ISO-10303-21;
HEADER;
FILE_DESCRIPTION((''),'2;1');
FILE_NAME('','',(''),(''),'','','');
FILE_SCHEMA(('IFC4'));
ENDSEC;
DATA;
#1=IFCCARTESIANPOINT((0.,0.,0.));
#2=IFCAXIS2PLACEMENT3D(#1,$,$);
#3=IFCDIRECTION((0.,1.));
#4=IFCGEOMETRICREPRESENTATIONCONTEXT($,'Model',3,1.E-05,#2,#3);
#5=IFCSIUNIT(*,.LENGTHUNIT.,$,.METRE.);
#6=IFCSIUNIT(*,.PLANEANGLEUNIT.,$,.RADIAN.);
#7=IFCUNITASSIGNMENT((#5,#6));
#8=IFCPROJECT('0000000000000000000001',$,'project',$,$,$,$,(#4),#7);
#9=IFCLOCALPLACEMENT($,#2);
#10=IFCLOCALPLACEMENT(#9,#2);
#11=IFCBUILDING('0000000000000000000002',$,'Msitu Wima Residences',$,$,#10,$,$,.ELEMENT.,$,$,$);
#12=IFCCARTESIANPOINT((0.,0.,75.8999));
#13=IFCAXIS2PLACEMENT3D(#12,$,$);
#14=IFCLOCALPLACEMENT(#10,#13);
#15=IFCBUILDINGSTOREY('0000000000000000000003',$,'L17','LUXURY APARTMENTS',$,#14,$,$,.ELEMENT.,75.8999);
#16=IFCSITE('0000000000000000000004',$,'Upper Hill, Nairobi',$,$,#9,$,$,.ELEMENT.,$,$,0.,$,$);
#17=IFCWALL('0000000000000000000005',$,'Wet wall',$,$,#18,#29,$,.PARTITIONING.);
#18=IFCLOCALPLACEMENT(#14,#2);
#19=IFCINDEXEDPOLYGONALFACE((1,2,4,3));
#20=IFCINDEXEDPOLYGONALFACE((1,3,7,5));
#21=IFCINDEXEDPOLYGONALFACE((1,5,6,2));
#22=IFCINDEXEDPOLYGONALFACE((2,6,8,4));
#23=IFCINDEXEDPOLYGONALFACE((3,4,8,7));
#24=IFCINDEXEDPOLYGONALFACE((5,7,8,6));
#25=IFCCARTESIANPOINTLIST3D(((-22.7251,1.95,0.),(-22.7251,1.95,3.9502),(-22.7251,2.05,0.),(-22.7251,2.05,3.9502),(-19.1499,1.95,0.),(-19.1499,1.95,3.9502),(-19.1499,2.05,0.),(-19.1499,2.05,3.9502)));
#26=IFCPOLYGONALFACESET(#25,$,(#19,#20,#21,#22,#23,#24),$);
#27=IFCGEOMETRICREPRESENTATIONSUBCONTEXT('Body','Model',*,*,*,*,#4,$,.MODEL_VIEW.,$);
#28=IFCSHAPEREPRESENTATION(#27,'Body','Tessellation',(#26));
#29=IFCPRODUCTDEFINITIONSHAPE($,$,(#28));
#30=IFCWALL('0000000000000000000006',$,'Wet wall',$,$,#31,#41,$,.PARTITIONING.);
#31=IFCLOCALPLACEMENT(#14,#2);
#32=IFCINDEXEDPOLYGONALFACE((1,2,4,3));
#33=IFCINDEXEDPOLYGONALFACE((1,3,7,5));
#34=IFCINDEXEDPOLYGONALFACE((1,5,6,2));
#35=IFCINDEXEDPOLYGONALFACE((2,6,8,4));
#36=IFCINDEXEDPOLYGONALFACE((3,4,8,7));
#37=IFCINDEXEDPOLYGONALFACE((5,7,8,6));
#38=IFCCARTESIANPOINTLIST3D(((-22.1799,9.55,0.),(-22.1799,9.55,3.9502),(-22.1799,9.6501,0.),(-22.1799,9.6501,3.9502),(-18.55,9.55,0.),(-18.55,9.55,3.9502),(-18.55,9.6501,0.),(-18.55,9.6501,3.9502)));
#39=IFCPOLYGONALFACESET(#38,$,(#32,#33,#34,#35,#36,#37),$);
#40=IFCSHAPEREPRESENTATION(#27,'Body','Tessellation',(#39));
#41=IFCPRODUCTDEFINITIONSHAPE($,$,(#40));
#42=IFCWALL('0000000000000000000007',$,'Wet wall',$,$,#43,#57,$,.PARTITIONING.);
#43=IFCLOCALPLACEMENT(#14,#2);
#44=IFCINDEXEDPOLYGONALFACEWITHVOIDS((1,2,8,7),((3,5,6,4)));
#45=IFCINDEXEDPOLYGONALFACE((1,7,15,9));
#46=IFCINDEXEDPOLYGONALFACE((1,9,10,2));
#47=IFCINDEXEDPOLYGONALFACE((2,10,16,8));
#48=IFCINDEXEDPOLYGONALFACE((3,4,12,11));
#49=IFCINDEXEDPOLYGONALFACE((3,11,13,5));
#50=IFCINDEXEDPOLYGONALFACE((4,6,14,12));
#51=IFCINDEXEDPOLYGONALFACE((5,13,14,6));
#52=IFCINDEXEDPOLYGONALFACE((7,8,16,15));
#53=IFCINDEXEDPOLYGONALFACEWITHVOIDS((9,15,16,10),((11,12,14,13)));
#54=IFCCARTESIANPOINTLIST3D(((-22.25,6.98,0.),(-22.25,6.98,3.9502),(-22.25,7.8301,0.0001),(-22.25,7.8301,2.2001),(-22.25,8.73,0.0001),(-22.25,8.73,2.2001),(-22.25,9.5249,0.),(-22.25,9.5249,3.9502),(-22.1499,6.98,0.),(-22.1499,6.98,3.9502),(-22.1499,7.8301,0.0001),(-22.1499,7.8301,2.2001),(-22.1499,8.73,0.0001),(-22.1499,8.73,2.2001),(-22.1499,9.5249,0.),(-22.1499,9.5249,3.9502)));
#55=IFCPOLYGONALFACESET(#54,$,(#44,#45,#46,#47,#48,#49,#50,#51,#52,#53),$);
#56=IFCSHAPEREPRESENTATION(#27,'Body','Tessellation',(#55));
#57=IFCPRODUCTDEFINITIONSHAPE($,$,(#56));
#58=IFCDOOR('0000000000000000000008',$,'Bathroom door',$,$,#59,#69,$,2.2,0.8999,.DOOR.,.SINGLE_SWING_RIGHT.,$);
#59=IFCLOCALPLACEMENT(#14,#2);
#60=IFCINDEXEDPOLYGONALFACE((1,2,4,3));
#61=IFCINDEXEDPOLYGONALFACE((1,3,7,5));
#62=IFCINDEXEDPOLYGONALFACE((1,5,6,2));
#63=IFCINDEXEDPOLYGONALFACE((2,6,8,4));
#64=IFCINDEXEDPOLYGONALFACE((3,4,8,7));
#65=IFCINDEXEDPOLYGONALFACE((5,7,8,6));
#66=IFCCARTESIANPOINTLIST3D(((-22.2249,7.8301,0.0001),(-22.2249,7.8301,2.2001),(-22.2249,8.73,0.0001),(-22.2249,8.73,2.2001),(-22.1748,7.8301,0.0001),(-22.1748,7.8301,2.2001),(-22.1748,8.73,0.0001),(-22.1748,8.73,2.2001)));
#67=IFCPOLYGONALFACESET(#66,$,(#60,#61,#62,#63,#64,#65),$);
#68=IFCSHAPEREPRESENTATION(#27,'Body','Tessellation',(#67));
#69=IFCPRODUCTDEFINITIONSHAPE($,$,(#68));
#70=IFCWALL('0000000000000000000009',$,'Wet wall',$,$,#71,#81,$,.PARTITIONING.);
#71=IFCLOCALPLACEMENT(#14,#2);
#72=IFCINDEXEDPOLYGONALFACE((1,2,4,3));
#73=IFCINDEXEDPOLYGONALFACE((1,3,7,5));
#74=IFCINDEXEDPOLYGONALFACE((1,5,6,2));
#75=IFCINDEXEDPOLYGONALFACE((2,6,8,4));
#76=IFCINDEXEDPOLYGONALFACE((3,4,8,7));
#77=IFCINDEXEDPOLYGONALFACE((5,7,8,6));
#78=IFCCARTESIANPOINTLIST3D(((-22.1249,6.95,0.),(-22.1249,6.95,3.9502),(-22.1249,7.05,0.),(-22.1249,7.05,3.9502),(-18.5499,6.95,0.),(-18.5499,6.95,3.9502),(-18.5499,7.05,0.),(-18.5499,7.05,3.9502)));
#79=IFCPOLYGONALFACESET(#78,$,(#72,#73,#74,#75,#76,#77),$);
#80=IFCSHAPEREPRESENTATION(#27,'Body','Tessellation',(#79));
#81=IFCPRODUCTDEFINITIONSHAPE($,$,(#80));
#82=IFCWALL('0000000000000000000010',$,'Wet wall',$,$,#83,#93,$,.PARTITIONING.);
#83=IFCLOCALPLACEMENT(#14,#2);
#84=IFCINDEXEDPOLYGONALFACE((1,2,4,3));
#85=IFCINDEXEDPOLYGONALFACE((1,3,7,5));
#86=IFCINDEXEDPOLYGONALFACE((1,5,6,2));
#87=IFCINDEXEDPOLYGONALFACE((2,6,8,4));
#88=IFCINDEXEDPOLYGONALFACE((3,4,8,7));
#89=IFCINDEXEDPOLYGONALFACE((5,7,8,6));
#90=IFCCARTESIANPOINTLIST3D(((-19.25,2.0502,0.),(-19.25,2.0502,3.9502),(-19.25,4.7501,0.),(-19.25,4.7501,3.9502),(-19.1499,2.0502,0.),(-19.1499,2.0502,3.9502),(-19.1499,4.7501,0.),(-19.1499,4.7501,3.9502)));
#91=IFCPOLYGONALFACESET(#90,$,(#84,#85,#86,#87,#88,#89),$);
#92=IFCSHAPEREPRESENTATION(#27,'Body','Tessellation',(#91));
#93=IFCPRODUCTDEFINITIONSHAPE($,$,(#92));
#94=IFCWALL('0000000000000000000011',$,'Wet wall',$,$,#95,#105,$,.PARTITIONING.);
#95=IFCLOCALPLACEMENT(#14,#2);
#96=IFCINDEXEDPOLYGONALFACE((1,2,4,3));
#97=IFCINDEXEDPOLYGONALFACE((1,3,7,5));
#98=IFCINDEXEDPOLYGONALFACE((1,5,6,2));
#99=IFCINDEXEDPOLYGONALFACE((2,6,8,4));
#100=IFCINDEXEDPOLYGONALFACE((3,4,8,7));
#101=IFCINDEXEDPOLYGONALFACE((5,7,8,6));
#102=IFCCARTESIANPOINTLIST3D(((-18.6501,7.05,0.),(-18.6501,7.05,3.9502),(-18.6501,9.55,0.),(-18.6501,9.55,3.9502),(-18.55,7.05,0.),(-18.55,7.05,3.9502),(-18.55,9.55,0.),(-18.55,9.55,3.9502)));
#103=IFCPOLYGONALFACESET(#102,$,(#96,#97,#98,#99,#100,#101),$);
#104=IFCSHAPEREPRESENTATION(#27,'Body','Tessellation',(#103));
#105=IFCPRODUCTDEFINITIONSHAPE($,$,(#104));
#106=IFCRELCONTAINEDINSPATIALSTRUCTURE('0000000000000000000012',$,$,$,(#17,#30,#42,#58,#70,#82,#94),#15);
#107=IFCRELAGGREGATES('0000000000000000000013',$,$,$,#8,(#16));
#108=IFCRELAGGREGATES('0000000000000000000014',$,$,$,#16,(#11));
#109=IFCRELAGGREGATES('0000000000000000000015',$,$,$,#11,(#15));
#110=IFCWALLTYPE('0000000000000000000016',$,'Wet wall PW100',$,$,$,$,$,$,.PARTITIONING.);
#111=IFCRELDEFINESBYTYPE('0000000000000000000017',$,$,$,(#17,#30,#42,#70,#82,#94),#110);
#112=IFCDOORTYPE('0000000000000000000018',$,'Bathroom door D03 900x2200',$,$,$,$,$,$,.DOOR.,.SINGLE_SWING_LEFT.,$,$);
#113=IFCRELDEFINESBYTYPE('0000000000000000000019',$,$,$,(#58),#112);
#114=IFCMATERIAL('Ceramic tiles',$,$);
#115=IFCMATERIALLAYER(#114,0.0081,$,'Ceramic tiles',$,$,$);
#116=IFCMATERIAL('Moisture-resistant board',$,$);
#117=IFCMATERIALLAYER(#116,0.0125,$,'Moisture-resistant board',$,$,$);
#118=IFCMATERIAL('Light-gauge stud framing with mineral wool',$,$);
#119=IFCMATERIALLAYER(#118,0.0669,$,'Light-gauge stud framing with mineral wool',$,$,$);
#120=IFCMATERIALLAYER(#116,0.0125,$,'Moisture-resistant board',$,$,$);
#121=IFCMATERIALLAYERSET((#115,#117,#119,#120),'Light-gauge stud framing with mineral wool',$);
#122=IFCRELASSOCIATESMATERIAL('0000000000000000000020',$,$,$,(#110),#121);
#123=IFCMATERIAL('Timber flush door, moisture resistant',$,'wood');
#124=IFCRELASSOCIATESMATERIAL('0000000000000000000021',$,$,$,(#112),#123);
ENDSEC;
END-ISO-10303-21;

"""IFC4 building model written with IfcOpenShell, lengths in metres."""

from ifc_helpers import new_model, si_unit, direction, frame, frame_2d, origin, place, context, subcontext, project, spatial, rectangle, extrude, material, layer, layer_set, type_object, element, fill, save


model = new_model("IFC4")

# Units and contexts
model_context = context("Model", 3, precision=1e-05, world=origin(), true_north=direction((0.0, 1.0)))
body_context = subcontext(model_context, "Body", "Model", "MODEL_VIEW")
ifc_project = project(units=[si_unit("LENGTHUNIT", "METRE"), si_unit("PLANEANGLEUNIT", "RADIAN")], contexts=[model_context])

# Site, building, storey
site_placement = place(None, origin())
site = spatial("IfcSite", under=ifc_project, at=site_placement, Name="Upper Hill, Nairobi", CompositionType="ELEMENT", RefElevation=0.0)
building_placement = place(site_placement, origin())
building = spatial("IfcBuilding", under=site, at=building_placement, Name="Msitu Wima Residences", CompositionType="ELEMENT")
storey_placement = place(building_placement, frame((0.0, 0.0, 75.8999)))
storey = spatial("IfcBuildingStorey", under=building, at=storey_placement, Name="L17", Description="LUXURY APARTMENTS", CompositionType="ELEMENT", Elevation=75.8999)

# Shared definitions
ifc_material_1 = material(Name="Ceramic tiles")
ifc_layer_1 = layer(ifc_material_1, 0.0081, Name="Ceramic tiles")
ifc_material_2 = material(Name="Moisture-resistant board")
ifc_layer_2 = layer(ifc_material_2, 0.0125, Name="Moisture-resistant board")
ifc_material_3 = material(Name="Light-gauge stud framing with mineral wool")
ifc_layer_3 = layer(ifc_material_3, 0.0669, Name="Light-gauge stud framing with mineral wool")
ifc_layer_4 = layer(ifc_material_2, 0.0125, Name="Moisture-resistant board")
ifc_layer_set_1 = layer_set([ifc_layer_1, ifc_layer_2, ifc_layer_3, ifc_layer_4], Name="Light-gauge stud framing with mineral wool")
wall_type_1 = type_object("IfcWallType", Name="Wet wall PW100", PredefinedType="PARTITIONING", material=ifc_layer_set_1)

# Shared definitions
ifc_material_4 = material(Name="Timber flush door, moisture resistant", Category="wood")
door_type_1 = type_object("IfcDoorType", Name="Bathroom door D03 900x2200", OperationType="SINGLE_SWING_LEFT", PredefinedType="DOOR", material=ifc_material_4)

# Walls
wall_1_placement = place(storey_placement, frame((-22.7251, 2.0, 0.0), z_axis=(0.0, 0.0, 1.0), x_axis=(1.0, 0.0, 0.0)))
element("IfcWall", 1, at=wall_1_placement, inside=storey, type_object=wall_type_1, Name="Wet wall", PredefinedType="PARTITIONING", context=body_context, shape_type="SweptSolid", body=[
    extrude(rectangle(XDim=3.5752, YDim=0.1001, at=frame_2d((1.7876, 0.0))), origin(), (0.0, 0.0, 1.0), 3.9502),
])
wall_2_placement = place(storey_placement, frame((-22.1799, 9.6001, 0.0), z_axis=(0.0, 0.0, 1.0), x_axis=(1.0, 0.0, 0.0)))
element("IfcWall", 2, at=wall_2_placement, inside=storey, type_object=wall_type_1, Name="Wet wall", PredefinedType="PARTITIONING", context=body_context, shape_type="SweptSolid", body=[
    extrude(rectangle(XDim=3.6299, YDim=0.1001, at=frame_2d((1.8149, 0.0))), origin(), (0.0, 0.0, 1.0), 3.9502),
])

# Wall, opening, door
wall_3_placement = place(storey_placement, frame((-22.2, 6.98, 0.0), z_axis=(0.0, 0.0, 1.0), x_axis=(0.0, 1.0, 0.0)))
wall_3 = element("IfcWall", 3, at=wall_3_placement, inside=storey, type_object=wall_type_1, Name="Wet wall", PredefinedType="PARTITIONING", context=body_context, shape_type="SweptSolid", body=[
    extrude(rectangle(XDim=2.5449, YDim=0.1001, at=frame_2d((1.2725, 0.0))), origin(), (0.0, 0.0, 1.0), 3.9502),
])
opening_1_placement = place(wall_3_placement, frame((0.8501, 0.0, 0.0)))
opening_1 = element("IfcOpeningElement", 4, at=opening_1_placement, cuts=wall_3, PredefinedType="OPENING", context=body_context, shape_type="SweptSolid", body=[
    extrude(rectangle(XDim=0.8999, YDim=2.2, at=frame_2d((0.45, 1.1001))), frame((0.0, 0.0601, 0.0), z_axis=(0.0, -1.0, 0.0), x_axis=(1.0, 0.0, 0.0)), (0.0, 0.0, 1.0), 0.1201),
])
door_1_placement = place(opening_1_placement, origin())
door_1 = element("IfcDoor", 5, at=door_1_placement, inside=storey, type_object=door_type_1, Name="Bathroom door", OperationType="SINGLE_SWING_RIGHT", OverallHeight=2.2, OverallWidth=0.8999, PredefinedType="DOOR", context=body_context, shape_type="SweptSolid", body=[
    extrude(rectangle(XDim=0.8999, YDim=2.2, at=frame_2d((0.45, 1.1001))), frame((0.0, 0.0249, 0.0), z_axis=(0.0, -1.0, 0.0), x_axis=(1.0, 0.0, 0.0)), (0.0, 0.0, 1.0), 0.05),
])
fill(opening_1, door_1)

# Walls
wall_4_placement = place(storey_placement, frame((-22.125, 7.0, 0.0), z_axis=(0.0, 0.0, 1.0), x_axis=(1.0, 0.0, 0.0)))
element("IfcWall", 6, at=wall_4_placement, inside=storey, type_object=wall_type_1, Name="Wet wall", PredefinedType="PARTITIONING", context=body_context, shape_type="SweptSolid", body=[
    extrude(rectangle(XDim=3.575, YDim=0.1001, at=frame_2d((1.7876, 0.0))), origin(), (0.0, 0.0, 1.0), 3.9502),
])
wall_5_placement = place(storey_placement, frame((-19.2, 2.05, 0.0), z_axis=(0.0, 0.0, 1.0), x_axis=(0.0, 1.0, 0.0)))
element("IfcWall", 7, at=wall_5_placement, inside=storey, type_object=wall_type_1, Name="Wet wall", PredefinedType="PARTITIONING", context=body_context, shape_type="SweptSolid", body=[
    extrude(rectangle(XDim=2.7, YDim=0.1001, at=frame_2d((1.3501, 0.0))), origin(), (0.0, 0.0, 1.0), 3.9502),
])
wall_6_placement = place(storey_placement, frame((-18.6001, 7.05, 0.0), z_axis=(0.0, 0.0, 1.0), x_axis=(0.0, 1.0, 0.0)))
element("IfcWall", 8, at=wall_6_placement, inside=storey, type_object=wall_type_1, Name="Wet wall", PredefinedType="PARTITIONING", context=body_context, shape_type="SweptSolid", body=[
    extrude(rectangle(XDim=2.5, YDim=0.1001, at=frame_2d((1.25, 0.0))), origin(), (0.0, 0.0, 1.0), 3.9502),
])

save(model, "model.ifc")
